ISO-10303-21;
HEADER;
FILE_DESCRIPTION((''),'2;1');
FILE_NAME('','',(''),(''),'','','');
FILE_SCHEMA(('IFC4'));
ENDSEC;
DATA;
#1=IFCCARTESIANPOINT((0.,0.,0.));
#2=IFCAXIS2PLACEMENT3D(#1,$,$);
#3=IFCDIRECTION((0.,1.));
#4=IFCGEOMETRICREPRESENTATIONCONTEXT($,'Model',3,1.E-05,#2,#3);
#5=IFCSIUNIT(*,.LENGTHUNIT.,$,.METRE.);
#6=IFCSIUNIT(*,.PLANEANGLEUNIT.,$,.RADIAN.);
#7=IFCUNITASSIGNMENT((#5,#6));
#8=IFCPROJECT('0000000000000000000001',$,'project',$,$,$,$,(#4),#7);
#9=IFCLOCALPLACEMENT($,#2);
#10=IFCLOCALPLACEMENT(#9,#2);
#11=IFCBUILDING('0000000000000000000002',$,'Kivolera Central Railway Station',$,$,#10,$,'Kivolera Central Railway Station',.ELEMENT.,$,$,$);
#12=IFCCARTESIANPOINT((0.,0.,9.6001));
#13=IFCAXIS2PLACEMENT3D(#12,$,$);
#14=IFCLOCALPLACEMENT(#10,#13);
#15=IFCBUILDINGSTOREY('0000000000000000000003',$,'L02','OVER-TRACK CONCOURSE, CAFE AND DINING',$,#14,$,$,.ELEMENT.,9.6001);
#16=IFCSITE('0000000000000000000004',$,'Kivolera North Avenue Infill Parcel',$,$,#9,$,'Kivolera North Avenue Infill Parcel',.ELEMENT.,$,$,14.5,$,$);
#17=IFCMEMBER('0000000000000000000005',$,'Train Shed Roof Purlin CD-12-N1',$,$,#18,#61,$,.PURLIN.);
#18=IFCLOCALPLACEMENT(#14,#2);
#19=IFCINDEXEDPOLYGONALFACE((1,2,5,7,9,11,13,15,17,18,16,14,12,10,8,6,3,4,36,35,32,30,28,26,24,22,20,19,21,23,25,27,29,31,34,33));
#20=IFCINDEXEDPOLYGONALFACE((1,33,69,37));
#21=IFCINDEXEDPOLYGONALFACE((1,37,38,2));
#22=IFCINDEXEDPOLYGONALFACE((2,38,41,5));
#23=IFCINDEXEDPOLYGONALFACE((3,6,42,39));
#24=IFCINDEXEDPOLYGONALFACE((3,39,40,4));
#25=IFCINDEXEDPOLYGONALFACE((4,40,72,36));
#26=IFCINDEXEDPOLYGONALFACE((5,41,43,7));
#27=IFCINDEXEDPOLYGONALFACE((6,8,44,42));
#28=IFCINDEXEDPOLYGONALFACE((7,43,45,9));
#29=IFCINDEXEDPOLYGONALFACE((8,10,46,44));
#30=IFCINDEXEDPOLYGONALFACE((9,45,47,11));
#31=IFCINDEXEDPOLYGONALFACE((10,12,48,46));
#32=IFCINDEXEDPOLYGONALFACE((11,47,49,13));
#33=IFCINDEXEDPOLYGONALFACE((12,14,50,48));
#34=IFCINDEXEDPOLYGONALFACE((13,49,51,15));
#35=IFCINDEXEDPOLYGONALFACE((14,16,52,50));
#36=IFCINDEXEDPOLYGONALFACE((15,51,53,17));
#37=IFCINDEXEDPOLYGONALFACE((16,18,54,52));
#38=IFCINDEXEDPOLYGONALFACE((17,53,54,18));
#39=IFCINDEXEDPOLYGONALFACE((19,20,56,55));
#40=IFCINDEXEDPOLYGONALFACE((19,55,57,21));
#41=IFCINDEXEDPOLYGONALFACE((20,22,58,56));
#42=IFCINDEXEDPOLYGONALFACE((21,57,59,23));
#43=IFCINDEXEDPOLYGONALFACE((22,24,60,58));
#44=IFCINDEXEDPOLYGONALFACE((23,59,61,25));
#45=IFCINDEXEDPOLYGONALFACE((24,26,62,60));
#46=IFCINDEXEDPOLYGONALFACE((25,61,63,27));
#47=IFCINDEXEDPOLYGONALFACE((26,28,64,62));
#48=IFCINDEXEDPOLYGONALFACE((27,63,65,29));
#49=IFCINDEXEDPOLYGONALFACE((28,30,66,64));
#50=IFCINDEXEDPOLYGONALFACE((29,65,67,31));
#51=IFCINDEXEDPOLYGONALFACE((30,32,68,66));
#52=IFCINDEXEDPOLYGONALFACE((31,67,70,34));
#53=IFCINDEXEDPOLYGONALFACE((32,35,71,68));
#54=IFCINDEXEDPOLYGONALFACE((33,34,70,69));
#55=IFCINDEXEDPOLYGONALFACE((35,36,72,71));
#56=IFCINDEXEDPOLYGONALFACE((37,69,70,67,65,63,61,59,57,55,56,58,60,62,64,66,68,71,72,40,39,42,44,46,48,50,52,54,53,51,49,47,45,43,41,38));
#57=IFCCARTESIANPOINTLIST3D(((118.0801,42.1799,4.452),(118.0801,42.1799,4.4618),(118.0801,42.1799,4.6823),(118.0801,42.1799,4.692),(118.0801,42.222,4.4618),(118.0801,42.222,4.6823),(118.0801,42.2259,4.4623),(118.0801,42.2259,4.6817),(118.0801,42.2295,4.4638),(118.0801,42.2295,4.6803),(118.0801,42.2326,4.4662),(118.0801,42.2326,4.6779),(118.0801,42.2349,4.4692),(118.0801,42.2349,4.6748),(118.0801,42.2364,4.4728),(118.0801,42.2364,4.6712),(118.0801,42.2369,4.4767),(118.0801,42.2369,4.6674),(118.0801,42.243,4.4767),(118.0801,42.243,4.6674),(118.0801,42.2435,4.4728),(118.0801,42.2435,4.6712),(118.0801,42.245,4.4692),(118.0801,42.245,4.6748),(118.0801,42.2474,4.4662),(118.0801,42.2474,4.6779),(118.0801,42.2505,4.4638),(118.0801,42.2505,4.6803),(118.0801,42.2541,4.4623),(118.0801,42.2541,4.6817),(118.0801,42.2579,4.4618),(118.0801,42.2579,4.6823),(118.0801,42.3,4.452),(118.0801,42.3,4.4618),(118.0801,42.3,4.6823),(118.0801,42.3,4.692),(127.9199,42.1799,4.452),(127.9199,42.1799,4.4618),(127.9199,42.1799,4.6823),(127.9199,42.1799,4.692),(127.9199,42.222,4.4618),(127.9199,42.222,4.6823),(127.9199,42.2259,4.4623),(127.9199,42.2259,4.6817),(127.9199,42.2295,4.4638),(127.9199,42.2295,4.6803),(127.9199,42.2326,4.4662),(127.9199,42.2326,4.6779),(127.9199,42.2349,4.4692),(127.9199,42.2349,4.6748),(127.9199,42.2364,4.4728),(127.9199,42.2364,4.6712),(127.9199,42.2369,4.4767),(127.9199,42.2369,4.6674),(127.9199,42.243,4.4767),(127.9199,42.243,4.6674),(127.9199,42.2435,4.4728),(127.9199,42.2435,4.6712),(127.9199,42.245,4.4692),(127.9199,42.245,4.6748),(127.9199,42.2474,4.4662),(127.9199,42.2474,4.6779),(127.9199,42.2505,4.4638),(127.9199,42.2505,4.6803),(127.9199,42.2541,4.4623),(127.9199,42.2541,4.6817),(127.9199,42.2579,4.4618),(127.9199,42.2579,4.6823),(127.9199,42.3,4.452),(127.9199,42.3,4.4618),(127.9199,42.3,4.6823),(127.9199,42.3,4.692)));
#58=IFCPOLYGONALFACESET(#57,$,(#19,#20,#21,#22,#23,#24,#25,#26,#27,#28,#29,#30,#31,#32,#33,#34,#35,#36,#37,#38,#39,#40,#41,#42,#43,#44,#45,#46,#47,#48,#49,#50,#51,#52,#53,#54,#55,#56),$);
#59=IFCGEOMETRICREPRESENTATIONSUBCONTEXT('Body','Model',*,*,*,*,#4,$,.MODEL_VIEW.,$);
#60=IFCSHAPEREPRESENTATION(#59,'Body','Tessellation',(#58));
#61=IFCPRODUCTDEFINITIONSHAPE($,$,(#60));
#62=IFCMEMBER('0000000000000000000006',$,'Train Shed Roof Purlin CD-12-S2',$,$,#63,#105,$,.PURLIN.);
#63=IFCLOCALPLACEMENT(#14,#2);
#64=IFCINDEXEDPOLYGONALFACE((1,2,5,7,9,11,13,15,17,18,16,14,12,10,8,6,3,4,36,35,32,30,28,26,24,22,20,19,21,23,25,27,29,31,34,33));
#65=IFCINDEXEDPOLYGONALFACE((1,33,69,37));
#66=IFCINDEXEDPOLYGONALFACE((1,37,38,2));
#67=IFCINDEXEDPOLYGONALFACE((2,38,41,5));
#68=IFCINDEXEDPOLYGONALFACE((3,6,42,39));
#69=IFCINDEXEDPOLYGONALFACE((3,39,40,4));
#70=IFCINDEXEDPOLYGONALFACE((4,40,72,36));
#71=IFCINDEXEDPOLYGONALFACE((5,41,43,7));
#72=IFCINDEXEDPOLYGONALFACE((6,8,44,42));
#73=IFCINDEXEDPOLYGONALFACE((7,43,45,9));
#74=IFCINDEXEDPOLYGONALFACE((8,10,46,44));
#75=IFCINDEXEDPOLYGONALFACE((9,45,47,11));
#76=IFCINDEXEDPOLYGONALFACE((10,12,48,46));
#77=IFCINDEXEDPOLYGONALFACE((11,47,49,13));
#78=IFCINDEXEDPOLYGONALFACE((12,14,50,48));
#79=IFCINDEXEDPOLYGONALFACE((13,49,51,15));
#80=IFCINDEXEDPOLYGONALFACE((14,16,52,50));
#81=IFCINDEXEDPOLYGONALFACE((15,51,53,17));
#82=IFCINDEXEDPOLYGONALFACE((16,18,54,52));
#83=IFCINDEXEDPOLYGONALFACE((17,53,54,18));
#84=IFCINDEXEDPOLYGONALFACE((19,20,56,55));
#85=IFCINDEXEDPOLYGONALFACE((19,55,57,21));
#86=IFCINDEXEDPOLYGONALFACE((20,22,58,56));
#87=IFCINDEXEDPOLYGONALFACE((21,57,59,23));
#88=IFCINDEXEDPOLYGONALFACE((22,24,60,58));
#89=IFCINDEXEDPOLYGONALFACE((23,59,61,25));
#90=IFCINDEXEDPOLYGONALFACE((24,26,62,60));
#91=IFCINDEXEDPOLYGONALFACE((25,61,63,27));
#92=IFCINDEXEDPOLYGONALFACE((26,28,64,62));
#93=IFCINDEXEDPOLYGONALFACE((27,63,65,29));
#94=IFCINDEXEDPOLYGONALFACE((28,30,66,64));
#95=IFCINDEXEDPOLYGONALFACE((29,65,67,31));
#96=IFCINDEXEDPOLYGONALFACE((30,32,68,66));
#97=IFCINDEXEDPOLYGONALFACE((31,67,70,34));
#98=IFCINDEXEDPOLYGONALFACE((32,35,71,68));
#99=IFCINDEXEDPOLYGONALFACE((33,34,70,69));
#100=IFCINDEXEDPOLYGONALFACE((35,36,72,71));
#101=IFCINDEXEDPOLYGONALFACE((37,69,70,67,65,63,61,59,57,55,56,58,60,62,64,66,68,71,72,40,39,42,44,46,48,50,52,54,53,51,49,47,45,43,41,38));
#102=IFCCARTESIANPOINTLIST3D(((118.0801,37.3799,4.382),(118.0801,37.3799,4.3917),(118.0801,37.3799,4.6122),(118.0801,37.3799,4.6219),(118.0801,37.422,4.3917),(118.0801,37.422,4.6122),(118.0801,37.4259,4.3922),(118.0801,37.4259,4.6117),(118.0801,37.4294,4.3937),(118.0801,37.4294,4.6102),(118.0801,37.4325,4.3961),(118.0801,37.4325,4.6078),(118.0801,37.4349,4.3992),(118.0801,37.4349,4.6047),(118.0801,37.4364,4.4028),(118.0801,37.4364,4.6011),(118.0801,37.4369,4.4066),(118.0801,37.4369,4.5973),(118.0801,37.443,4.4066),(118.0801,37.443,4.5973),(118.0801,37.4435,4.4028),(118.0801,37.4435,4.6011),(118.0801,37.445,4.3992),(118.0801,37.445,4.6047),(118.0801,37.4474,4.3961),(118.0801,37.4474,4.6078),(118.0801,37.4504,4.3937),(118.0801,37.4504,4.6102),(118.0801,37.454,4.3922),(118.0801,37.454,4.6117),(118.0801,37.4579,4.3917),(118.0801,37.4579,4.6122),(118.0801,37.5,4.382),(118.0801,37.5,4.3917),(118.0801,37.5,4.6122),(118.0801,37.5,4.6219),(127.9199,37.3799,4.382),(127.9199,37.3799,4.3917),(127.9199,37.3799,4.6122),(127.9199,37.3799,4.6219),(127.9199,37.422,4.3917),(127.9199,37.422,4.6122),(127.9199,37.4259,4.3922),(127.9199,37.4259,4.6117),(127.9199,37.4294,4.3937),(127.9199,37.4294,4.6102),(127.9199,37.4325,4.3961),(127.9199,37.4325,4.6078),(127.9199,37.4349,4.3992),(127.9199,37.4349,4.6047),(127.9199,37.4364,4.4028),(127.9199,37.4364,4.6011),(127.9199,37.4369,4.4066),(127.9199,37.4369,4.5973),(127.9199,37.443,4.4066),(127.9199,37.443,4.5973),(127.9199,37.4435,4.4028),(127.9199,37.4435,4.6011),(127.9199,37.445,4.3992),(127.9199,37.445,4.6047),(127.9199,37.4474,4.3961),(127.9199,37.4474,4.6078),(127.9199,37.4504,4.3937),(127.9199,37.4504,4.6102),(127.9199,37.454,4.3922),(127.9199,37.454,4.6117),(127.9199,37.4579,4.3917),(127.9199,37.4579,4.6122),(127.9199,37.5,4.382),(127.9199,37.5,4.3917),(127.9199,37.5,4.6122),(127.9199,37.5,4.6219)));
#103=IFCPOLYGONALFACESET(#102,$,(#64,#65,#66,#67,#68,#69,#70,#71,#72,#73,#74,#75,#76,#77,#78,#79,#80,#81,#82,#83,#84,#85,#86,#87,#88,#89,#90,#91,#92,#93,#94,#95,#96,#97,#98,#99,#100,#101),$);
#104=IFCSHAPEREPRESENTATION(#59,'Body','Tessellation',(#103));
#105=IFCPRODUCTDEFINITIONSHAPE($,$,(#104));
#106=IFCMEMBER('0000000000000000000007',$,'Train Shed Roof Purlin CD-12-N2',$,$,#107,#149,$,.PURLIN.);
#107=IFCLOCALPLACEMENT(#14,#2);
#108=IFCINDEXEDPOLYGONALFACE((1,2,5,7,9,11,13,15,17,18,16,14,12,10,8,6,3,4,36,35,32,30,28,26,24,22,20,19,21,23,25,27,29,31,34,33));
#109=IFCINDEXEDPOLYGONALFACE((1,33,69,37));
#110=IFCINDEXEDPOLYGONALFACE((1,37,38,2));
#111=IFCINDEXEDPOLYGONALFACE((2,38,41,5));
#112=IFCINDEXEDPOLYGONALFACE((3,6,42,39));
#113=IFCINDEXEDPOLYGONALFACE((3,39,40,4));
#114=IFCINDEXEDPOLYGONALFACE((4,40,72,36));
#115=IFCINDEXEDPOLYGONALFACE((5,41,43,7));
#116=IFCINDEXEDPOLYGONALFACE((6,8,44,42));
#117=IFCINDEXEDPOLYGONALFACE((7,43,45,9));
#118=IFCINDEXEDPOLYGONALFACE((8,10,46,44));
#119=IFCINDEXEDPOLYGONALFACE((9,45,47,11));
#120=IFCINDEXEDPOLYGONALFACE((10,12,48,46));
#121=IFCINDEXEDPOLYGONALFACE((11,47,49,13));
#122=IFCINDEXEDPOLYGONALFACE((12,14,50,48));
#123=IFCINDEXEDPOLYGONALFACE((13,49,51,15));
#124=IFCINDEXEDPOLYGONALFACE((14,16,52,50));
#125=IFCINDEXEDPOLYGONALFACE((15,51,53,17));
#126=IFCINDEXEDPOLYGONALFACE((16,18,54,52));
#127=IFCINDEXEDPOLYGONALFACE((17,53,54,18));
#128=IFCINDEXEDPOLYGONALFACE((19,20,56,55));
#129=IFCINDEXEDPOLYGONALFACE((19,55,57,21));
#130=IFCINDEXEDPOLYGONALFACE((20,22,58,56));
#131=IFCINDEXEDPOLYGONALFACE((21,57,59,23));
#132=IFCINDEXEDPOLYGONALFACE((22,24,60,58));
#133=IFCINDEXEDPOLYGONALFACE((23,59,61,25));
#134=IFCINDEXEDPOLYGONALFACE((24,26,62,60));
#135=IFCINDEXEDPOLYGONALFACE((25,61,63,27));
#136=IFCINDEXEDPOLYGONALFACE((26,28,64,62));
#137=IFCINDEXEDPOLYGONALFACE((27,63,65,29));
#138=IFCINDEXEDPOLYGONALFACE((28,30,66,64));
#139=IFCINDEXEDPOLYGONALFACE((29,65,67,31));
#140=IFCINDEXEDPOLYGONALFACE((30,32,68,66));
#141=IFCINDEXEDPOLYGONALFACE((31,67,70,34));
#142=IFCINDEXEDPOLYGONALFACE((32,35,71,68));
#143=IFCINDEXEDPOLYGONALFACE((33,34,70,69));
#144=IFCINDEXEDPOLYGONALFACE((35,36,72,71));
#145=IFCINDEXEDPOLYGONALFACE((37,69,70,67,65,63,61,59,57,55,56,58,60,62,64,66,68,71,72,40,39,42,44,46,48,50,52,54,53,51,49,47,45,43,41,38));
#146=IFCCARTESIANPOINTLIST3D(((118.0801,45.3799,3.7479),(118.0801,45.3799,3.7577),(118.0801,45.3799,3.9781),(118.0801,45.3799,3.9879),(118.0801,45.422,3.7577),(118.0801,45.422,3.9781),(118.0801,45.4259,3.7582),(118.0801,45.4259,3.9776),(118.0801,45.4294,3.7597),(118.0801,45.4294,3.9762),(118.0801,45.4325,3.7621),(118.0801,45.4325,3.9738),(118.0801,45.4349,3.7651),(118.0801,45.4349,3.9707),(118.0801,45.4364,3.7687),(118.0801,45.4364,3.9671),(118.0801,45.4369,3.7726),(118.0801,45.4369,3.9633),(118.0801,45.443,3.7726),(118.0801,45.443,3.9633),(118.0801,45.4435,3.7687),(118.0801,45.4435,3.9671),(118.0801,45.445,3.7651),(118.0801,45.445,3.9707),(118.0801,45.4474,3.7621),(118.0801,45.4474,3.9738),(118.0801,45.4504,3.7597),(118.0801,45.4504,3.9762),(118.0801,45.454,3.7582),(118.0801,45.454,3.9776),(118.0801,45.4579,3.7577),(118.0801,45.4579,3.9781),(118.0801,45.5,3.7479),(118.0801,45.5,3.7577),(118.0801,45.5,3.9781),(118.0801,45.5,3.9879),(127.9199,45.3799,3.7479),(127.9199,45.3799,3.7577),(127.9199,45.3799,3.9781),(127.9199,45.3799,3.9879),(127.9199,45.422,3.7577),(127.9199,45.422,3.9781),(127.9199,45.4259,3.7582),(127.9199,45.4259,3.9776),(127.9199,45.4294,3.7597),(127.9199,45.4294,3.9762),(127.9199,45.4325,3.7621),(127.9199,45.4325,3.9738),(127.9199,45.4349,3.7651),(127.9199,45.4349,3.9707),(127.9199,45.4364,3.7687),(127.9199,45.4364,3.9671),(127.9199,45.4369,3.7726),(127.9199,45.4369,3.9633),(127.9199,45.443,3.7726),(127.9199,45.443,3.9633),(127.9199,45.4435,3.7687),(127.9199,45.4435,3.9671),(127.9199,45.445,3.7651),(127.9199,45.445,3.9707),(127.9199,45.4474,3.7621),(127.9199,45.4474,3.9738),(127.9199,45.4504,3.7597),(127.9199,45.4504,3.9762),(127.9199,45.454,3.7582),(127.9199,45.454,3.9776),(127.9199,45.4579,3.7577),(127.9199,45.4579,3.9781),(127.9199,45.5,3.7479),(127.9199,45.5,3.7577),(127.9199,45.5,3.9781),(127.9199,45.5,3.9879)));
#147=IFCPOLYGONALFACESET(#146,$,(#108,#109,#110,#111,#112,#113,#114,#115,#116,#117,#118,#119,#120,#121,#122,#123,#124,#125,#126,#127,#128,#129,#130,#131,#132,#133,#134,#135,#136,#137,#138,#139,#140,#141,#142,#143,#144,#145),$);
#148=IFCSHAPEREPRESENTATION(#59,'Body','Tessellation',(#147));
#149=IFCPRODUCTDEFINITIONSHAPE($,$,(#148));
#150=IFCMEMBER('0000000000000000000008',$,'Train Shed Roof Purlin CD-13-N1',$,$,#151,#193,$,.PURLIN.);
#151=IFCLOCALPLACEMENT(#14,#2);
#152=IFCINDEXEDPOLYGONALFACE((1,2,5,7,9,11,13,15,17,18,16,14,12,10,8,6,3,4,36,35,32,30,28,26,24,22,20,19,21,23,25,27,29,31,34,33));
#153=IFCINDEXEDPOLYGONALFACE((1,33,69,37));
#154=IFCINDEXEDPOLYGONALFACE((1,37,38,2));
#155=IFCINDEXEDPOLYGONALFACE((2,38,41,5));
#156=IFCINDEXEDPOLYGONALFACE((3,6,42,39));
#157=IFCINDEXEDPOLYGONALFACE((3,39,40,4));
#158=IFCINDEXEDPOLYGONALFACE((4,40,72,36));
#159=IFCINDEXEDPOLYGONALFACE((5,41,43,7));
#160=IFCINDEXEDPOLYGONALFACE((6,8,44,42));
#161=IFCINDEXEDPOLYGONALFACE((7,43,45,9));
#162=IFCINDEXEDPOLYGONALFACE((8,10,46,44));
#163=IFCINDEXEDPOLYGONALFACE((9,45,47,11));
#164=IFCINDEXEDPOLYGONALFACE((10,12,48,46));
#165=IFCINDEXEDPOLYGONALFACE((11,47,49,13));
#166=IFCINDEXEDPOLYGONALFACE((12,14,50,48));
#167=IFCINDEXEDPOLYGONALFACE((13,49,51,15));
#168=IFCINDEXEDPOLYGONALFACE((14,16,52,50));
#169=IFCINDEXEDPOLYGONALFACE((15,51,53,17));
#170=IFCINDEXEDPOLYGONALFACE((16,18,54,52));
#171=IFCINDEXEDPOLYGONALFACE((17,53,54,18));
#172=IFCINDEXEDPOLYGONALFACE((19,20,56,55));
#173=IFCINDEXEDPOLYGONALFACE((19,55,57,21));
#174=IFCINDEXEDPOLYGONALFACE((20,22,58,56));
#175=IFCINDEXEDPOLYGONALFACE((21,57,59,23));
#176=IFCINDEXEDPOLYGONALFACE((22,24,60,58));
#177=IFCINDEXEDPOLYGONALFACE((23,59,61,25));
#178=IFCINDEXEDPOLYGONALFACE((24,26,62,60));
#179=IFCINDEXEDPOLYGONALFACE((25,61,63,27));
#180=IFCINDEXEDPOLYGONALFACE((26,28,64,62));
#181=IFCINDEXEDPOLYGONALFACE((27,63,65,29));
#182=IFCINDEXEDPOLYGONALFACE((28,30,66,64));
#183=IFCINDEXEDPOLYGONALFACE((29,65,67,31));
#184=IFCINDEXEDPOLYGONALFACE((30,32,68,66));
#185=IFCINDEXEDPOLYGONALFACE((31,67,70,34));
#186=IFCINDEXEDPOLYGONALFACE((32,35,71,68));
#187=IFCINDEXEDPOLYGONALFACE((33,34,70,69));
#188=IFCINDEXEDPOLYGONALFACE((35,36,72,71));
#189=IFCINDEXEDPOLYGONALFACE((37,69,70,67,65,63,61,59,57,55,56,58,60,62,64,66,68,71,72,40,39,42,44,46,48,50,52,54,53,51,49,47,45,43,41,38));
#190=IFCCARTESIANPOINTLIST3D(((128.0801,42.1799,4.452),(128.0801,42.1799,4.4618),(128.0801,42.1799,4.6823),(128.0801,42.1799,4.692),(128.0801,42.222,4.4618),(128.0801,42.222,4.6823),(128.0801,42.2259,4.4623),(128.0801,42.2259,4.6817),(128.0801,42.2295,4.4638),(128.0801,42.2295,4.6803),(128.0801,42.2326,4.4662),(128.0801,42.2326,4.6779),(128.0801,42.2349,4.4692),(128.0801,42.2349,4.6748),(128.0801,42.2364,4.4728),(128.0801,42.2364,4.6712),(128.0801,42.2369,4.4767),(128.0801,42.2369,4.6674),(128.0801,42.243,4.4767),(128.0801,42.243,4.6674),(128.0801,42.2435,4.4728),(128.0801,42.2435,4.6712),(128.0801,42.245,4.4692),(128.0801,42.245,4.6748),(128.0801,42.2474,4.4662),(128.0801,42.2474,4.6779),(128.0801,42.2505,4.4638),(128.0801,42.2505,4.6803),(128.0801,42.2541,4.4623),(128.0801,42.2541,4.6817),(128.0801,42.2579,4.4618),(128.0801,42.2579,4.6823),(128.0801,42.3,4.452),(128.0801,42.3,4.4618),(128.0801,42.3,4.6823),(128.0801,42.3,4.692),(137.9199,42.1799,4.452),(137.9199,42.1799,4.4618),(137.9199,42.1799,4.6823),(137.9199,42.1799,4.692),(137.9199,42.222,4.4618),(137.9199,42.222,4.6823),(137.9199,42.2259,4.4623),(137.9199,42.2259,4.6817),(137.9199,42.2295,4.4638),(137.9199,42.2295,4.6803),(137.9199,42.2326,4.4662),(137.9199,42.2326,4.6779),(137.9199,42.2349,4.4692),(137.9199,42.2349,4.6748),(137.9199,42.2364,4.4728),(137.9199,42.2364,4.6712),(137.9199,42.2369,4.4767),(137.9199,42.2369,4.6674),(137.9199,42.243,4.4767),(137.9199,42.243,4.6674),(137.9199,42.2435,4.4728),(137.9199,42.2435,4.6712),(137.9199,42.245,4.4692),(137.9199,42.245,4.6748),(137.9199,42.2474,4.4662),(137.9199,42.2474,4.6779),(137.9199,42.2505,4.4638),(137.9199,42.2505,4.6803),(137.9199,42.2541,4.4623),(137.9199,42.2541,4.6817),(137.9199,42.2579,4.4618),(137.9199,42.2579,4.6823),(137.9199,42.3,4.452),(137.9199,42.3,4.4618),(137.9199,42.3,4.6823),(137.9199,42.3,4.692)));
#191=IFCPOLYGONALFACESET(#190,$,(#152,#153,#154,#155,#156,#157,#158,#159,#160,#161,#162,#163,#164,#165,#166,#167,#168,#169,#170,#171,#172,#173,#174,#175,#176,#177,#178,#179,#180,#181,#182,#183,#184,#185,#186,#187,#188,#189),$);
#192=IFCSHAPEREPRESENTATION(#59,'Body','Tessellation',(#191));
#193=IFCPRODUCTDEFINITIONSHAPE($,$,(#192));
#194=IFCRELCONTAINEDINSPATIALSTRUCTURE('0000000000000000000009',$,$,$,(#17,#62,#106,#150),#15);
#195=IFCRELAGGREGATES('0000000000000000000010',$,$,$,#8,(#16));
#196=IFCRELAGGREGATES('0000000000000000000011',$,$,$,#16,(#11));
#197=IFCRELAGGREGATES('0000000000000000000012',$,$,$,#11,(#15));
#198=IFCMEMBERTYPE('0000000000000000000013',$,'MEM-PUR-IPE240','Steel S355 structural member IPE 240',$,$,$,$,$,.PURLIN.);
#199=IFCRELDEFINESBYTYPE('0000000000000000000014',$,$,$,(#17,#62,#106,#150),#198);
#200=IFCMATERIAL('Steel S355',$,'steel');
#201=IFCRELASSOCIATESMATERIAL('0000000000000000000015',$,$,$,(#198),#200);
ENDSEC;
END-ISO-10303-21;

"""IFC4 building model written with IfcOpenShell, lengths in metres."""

from ifc_helpers import new_model, si_unit, direction, frame, origin, origin_2d, place, context, subcontext, project, spatial, i_section, extrude, material, material_profile, profile_set, type_object, element, save


model = new_model("IFC4")

# Units and contexts
model_context = context("Model", 3, precision=1e-05, world=origin(), true_north=direction((0.0, 1.0)))
body_context = subcontext(model_context, "Body", "Model", "MODEL_VIEW")
ifc_project = project(units=[si_unit("LENGTHUNIT", "METRE"), si_unit("PLANEANGLEUNIT", "RADIAN")], contexts=[model_context])

# Site, building, storey
site_placement = place(None, origin())
site = spatial("IfcSite", under=ifc_project, at=site_placement, Name="Kivolera North Avenue Infill Parcel", LongName="Kivolera North Avenue Infill Parcel", CompositionType="ELEMENT", RefElevation=14.5)
building_placement = place(site_placement, origin())
building = spatial("IfcBuilding", under=site, at=building_placement, Name="Kivolera Central Railway Station", LongName="Kivolera Central Railway Station", CompositionType="ELEMENT")
storey_placement = place(building_placement, frame((0.0, 0.0, 9.6001)))
storey = spatial("IfcBuildingStorey", under=building, at=storey_placement, Name="L02", Description="OVER-TRACK CONCOURSE, CAFE AND DINING", CompositionType="ELEMENT", Elevation=9.6001)

# Shared definitions
ifc_material_1 = material(Name="Steel S355", Category="steel")

# Members
ifc_material_profile_1 = material_profile(ifc_material_1, i_section(OverallWidth=0.1201, OverallDepth=0.24, WebThickness=0.0061, FlangeThickness=0.0098, FilletRadius=0.0149, at=origin_2d()), Name="IPE 240")
ifc_profile_set_1 = profile_set([ifc_material_profile_1], Name="Steel S355")
member_type_1 = type_object("IfcMemberType", Name="MEM-PUR-IPE240", Description="Steel S355 structural member IPE 240", PredefinedType="PURLIN", material=ifc_profile_set_1)
for number, where, z_axis, x_axis, name in (
    (1, (118.0801, 42.24, 4.572), (1.0, 0.0, 0.0), (0.0, 1.0, 0.0), "Train Shed Roof Purlin CD-12-N1"),
    (2, (118.0801, 37.4399, 4.502), (1.0, 0.0, 0.0), (0.0, 1.0, 0.0), "Train Shed Roof Purlin CD-12-S2"),
    (3, (118.0801, 45.4399, 3.8679), (1.0, 0.0, 0.0), (0.0, 1.0, 0.0), "Train Shed Roof Purlin CD-12-N2"),
    (4, (128.0801, 42.24, 4.572), (1.0, 0.0, 0.0), (0.0, 1.0, 0.0), "Train Shed Roof Purlin CD-13-N1"),
):
    element("IfcMember", number, at=place(storey_placement, frame(where, z_axis=z_axis, x_axis=x_axis)), inside=storey, type_object=member_type_1, Name=name, PredefinedType="PURLIN", context=body_context, shape_type="SweptSolid", body=[
        extrude(i_section(OverallWidth=0.1201, OverallDepth=0.24, WebThickness=0.0061, FlangeThickness=0.0098, FilletRadius=0.0149, at=origin_2d()), origin(), (0.0, 0.0, 1.0), 9.8398),
    ])

save(model, "model.ifc")
